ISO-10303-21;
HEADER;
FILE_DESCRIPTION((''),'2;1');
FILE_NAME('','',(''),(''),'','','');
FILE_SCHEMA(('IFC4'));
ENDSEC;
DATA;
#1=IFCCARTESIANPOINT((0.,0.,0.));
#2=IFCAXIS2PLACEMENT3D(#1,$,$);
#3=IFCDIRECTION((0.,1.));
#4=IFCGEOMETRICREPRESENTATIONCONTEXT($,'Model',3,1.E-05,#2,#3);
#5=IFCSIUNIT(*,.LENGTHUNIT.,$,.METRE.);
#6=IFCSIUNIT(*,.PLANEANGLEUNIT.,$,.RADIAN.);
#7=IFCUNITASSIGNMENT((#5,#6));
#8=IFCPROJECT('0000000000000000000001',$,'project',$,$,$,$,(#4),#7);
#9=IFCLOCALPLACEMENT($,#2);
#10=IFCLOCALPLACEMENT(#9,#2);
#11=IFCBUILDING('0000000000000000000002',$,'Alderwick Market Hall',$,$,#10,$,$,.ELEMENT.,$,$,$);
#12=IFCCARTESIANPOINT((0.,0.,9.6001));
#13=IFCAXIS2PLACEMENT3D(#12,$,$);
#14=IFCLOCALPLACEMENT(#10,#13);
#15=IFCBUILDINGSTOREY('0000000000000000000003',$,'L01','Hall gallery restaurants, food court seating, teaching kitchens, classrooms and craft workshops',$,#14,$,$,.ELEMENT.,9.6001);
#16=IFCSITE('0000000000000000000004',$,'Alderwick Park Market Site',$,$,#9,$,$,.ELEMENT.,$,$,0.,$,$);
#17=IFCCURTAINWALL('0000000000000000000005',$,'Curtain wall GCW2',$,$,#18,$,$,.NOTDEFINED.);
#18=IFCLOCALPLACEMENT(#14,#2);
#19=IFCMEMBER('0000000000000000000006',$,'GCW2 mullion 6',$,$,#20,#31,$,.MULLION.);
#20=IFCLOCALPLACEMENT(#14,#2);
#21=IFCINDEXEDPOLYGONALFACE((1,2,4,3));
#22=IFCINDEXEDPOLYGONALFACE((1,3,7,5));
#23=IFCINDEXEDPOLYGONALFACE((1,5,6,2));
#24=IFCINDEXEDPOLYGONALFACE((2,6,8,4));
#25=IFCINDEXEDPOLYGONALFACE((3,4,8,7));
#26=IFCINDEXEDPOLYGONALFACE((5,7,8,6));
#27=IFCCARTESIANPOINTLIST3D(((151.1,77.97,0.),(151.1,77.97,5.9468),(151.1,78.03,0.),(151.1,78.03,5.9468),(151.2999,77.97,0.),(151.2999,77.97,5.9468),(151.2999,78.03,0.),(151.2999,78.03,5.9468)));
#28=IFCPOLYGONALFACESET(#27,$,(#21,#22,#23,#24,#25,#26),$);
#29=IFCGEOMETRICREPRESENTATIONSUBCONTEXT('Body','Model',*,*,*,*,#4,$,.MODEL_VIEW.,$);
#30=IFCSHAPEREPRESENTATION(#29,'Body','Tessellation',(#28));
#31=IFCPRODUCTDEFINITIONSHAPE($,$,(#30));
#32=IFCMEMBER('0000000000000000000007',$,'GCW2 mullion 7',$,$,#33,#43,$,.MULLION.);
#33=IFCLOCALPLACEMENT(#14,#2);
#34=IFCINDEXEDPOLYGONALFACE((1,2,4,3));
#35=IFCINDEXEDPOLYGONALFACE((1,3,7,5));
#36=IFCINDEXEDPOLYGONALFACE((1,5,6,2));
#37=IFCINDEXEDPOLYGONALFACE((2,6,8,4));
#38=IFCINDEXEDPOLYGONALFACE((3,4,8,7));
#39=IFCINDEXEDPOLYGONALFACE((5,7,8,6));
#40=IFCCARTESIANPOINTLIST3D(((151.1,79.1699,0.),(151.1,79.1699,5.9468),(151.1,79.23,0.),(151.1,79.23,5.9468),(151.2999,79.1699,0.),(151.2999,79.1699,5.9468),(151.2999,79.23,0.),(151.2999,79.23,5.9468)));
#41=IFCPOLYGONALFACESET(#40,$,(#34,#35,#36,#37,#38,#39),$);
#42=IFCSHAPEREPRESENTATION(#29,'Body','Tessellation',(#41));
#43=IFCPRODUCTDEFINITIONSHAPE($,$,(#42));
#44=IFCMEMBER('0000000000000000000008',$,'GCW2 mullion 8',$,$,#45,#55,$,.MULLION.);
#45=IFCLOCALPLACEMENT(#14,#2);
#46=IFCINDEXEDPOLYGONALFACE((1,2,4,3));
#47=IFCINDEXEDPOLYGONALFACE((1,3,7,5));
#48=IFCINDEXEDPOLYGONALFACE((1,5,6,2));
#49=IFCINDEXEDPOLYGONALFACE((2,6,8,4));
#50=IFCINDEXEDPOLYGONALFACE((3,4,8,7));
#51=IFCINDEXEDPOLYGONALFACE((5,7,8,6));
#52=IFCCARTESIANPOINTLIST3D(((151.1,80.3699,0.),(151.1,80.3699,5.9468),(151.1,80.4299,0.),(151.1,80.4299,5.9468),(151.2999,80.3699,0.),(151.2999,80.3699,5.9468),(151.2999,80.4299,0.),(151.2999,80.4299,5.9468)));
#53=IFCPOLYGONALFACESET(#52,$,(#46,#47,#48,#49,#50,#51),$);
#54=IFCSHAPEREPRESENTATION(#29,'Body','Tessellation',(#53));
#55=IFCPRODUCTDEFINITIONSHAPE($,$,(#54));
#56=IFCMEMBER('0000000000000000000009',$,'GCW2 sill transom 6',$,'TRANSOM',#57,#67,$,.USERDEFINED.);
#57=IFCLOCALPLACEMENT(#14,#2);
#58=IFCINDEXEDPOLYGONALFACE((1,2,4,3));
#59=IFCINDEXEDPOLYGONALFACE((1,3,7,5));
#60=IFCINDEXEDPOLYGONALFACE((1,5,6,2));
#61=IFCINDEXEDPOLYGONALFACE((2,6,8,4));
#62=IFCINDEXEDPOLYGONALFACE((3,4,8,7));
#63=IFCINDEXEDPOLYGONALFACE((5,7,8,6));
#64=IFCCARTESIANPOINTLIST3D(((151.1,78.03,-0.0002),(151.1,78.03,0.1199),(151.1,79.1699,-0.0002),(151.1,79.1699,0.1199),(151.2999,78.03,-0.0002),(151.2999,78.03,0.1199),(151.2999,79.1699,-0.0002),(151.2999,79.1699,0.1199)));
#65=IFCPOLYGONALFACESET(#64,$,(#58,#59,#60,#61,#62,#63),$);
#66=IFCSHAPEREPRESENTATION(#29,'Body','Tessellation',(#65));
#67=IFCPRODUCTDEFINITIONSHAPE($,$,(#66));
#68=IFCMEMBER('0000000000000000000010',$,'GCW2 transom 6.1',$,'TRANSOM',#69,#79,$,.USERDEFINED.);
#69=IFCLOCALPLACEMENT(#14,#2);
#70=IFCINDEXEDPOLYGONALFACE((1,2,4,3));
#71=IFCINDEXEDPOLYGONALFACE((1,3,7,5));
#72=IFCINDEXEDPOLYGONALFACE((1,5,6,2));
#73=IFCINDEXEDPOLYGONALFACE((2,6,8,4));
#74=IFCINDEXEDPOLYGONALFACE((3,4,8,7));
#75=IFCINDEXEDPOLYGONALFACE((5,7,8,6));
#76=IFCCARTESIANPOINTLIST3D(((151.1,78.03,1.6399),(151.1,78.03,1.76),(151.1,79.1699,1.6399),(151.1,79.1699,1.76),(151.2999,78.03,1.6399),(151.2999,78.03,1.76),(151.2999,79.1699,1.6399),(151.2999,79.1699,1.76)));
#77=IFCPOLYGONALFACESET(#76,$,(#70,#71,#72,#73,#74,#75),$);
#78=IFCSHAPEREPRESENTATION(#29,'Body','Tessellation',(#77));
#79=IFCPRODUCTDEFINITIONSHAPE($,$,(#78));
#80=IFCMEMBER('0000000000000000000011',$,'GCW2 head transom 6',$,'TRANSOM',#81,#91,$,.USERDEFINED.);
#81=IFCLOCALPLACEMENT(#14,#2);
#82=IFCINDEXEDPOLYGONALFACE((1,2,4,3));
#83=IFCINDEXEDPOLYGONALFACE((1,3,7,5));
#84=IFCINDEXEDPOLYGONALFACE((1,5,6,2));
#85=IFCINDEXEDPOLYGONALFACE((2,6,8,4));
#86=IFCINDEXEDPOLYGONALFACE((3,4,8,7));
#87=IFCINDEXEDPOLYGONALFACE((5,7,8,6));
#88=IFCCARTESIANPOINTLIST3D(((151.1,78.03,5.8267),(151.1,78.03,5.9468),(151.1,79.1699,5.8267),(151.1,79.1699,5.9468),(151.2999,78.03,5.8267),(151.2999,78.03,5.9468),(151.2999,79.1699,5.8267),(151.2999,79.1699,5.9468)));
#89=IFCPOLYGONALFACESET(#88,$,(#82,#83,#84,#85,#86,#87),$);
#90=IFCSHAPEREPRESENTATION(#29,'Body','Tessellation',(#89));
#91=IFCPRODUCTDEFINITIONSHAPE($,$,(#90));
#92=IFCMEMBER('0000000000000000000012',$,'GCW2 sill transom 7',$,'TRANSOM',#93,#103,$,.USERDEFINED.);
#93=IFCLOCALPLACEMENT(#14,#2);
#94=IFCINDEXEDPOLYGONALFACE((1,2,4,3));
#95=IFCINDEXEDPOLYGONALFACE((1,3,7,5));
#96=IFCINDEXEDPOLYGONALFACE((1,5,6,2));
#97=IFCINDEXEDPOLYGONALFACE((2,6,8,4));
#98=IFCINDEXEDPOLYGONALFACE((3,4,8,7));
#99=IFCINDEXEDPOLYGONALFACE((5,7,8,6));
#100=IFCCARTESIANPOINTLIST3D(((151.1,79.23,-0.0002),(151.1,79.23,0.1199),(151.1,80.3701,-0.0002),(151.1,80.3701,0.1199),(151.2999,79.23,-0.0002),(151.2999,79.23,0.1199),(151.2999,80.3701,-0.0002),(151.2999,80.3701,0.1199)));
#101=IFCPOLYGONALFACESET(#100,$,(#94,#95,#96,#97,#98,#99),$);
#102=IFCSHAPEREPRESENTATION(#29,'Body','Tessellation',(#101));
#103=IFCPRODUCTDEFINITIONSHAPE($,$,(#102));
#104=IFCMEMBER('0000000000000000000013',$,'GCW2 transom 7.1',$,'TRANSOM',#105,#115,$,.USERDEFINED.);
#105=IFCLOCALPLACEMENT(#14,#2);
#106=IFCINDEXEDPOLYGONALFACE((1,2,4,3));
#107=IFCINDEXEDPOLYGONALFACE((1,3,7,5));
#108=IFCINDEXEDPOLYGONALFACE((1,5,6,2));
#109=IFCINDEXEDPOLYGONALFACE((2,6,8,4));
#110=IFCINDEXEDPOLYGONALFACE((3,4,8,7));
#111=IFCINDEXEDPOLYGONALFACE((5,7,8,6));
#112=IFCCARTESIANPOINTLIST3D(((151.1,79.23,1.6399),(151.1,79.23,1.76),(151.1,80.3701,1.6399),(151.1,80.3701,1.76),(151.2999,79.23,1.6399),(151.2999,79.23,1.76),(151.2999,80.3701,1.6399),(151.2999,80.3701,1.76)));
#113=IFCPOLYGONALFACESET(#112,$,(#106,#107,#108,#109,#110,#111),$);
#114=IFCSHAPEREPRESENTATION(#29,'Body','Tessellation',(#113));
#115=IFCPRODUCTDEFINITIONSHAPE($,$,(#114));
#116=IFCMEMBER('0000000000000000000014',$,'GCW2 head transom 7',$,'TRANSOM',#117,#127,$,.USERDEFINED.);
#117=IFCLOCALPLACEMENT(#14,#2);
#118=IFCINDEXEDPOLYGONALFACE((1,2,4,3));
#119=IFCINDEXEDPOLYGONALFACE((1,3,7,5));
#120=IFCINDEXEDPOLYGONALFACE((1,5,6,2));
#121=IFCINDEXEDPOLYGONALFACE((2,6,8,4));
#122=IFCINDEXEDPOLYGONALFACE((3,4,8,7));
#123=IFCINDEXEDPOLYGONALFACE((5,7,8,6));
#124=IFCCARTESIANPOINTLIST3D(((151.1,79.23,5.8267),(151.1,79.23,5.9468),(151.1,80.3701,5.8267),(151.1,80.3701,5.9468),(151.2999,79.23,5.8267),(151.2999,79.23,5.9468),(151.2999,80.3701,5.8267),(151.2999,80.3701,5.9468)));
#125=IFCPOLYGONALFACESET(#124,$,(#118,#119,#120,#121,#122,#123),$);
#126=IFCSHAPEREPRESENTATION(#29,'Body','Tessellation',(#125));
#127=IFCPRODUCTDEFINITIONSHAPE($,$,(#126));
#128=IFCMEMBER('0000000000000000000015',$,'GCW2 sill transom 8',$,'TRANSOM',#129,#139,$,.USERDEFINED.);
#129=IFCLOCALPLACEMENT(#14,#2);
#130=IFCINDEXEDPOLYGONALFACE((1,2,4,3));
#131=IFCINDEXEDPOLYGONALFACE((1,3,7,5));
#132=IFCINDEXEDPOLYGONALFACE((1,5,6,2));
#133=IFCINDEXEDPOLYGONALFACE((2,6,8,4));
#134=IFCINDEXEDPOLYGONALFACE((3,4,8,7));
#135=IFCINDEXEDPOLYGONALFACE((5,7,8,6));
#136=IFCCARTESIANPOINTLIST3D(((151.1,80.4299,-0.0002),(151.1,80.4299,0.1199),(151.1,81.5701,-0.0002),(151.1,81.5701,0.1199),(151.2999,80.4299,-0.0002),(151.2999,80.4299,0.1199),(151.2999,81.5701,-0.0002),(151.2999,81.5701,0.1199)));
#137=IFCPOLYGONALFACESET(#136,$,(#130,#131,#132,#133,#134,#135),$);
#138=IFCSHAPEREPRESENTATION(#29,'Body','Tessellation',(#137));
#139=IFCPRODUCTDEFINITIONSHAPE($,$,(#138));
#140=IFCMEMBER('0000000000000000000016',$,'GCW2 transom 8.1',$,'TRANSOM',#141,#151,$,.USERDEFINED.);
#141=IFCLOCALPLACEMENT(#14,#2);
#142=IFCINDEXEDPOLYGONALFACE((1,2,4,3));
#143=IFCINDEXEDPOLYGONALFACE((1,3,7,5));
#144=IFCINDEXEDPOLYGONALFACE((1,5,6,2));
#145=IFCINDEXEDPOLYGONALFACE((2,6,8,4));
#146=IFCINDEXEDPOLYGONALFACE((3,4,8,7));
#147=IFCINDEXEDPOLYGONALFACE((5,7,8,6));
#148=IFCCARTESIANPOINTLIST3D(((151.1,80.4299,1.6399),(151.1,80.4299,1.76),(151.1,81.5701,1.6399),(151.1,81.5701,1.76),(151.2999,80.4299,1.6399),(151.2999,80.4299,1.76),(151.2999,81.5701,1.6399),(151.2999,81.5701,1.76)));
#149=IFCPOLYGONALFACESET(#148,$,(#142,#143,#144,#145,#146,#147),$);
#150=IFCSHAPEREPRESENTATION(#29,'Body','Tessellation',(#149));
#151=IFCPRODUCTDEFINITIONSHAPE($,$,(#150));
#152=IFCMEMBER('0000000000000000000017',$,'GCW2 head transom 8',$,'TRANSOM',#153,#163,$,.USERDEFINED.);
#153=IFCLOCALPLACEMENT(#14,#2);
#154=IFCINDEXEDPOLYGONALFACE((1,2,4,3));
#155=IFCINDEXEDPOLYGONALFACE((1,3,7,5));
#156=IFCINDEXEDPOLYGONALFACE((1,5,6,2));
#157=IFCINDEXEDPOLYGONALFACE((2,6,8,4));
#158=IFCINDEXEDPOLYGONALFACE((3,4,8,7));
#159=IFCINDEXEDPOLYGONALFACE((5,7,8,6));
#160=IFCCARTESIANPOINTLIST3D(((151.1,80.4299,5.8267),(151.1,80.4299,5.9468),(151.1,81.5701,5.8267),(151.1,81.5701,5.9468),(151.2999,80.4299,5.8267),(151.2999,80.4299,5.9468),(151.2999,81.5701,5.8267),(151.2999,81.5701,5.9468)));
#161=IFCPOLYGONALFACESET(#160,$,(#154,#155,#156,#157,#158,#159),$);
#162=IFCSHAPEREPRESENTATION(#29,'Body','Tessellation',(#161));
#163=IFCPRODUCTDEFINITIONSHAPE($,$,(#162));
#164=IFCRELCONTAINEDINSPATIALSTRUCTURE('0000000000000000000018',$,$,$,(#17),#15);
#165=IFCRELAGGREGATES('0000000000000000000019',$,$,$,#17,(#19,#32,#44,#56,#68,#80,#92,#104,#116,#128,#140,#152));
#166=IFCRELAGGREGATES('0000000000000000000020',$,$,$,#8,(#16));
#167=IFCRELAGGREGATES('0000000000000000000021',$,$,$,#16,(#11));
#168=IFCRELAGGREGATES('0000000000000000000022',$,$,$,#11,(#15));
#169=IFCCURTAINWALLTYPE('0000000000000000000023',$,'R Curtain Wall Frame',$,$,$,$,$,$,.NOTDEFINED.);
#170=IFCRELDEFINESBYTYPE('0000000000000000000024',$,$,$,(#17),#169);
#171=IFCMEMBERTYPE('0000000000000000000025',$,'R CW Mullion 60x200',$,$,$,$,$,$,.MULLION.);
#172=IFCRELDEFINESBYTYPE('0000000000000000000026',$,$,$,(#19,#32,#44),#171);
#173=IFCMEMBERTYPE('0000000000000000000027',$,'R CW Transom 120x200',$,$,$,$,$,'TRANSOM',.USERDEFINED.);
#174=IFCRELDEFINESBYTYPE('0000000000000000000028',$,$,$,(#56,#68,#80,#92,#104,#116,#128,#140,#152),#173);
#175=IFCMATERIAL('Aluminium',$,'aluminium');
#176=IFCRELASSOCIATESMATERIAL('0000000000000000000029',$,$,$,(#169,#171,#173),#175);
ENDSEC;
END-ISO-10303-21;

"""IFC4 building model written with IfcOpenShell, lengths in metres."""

from ifc_helpers import new_model, si_unit, direction, frame, origin, origin_2d, place, context, subcontext, project, spatial, rectangle, extrude, material, material_profile, profile_set, type_object, element, aggregate, save


model = new_model("IFC4")

# Units and contexts
model_context = context("Model", 3, precision=1e-05, world=origin(), true_north=direction((0.0, 1.0)))
body_context = subcontext(model_context, "Body", "Model", "MODEL_VIEW")
ifc_project = project(units=[si_unit("LENGTHUNIT", "METRE"), si_unit("PLANEANGLEUNIT", "RADIAN")], contexts=[model_context])

# Site, building, storey
site_placement = place(None, origin())
site = spatial("IfcSite", under=ifc_project, at=site_placement, Name="Alderwick Park Market Site", CompositionType="ELEMENT", RefElevation=0.0)
building_placement = place(site_placement, origin())
building = spatial("IfcBuilding", under=site, at=building_placement, Name="Alderwick Market Hall", CompositionType="ELEMENT")
storey_placement = place(building_placement, frame((0.0, 0.0, 9.6001)))
storey = spatial("IfcBuildingStorey", under=building, at=storey_placement, Name="L01", Description="Hall gallery restaurants, food court seating, teaching kitchens, classrooms and craft workshops", CompositionType="ELEMENT", Elevation=9.6001)

# Curtain wall, members
ifc_material_1 = material(Name="Aluminium", Category="aluminium")
curtain_wall_type = type_object("IfcCurtainWallType", Name="R Curtain Wall Frame", PredefinedType="NOTDEFINED", material=ifc_material_1)
curtain_wall_placement = place(storey_placement, origin())
curtain_wall = element("IfcCurtainWall", 1, at=curtain_wall_placement, inside=storey, type_object=curtain_wall_type, Name="Curtain wall GCW2", PredefinedType="NOTDEFINED")
ifc_material_profile_1 = material_profile(ifc_material_1, rectangle(XDim=0.2, YDim=0.0601, at=origin_2d()), Name="AL 60x200")
ifc_profile_set_1 = profile_set([ifc_material_profile_1], Name="Aluminium")
member_type_1 = type_object("IfcMemberType", Name="R CW Mullion 60x200", PredefinedType="MULLION", material=ifc_profile_set_1)
member_1_placement = place(storey_placement, frame((151.2, 78.0, 0.0), z_axis=(0.0, 0.0, 1.0), x_axis=(1.0, 0.0, 0.0)))
member_1 = element("IfcMember", 2, at=member_1_placement, type_object=member_type_1, Name="GCW2 mullion 6", PredefinedType="MULLION", context=body_context, shape_type="SweptSolid", body=[
    extrude(rectangle(XDim=0.2, YDim=0.0601, at=origin_2d()), origin(), (0.0, 0.0, 1.0), 5.9468),
])
member_2_placement = place(storey_placement, frame((151.2, 79.2, 0.0), z_axis=(0.0, 0.0, 1.0), x_axis=(1.0, 0.0, 0.0)))
member_2 = element("IfcMember", 3, at=member_2_placement, type_object=member_type_1, Name="GCW2 mullion 7", PredefinedType="MULLION", context=body_context, shape_type="SweptSolid", body=[
    extrude(rectangle(XDim=0.2, YDim=0.0601, at=origin_2d()), origin(), (0.0, 0.0, 1.0), 5.9468),
])
member_3_placement = place(storey_placement, frame((151.2, 80.3999, 0.0), z_axis=(0.0, 0.0, 1.0), x_axis=(1.0, 0.0, 0.0)))
member_3 = element("IfcMember", 4, at=member_3_placement, type_object=member_type_1, Name="GCW2 mullion 8", PredefinedType="MULLION", context=body_context, shape_type="SweptSolid", body=[
    extrude(rectangle(XDim=0.2, YDim=0.0601, at=origin_2d()), origin(), (0.0, 0.0, 1.0), 5.9468),
])
ifc_material_profile_2 = material_profile(ifc_material_1, rectangle(XDim=0.2, YDim=0.1201, at=origin_2d()), Name="AL 120x200")
ifc_profile_set_2 = profile_set([ifc_material_profile_2], Name="Aluminium")
member_type_2 = type_object("IfcMemberType", Name="R CW Transom 120x200", ElementType="TRANSOM", PredefinedType="USERDEFINED", material=ifc_profile_set_2)
member_4_placement = place(storey_placement, frame((151.2, 78.03, 0.0598), z_axis=(0.0, 1.0, 0.0), x_axis=(-1.0, 0.0, 0.0)))
member_4 = element("IfcMember", 5, at=member_4_placement, type_object=member_type_2, Name="GCW2 sill transom 6", ObjectType="TRANSOM", PredefinedType="USERDEFINED", context=body_context, shape_type="SweptSolid", body=[
    extrude(rectangle(XDim=0.2, YDim=0.1201, at=origin_2d()), origin(), (0.0, 0.0, 1.0), 1.1399),
])
member_5_placement = place(storey_placement, frame((151.2, 78.03, 1.7), z_axis=(0.0, 1.0, 0.0), x_axis=(-1.0, 0.0, 0.0)))
member_5 = element("IfcMember", 6, at=member_5_placement, type_object=member_type_2, Name="GCW2 transom 6.1", ObjectType="TRANSOM", PredefinedType="USERDEFINED", context=body_context, shape_type="SweptSolid", body=[
    extrude(rectangle(XDim=0.2, YDim=0.1201, at=origin_2d()), origin(), (0.0, 0.0, 1.0), 1.1399),
])
member_6_placement = place(storey_placement, frame((151.2, 78.03, 5.8867), z_axis=(0.0, 1.0, 0.0), x_axis=(-1.0, 0.0, 0.0)))
member_6 = element("IfcMember", 7, at=member_6_placement, type_object=member_type_2, Name="GCW2 head transom 6", ObjectType="TRANSOM", PredefinedType="USERDEFINED", context=body_context, shape_type="SweptSolid", body=[
    extrude(rectangle(XDim=0.2, YDim=0.1201, at=origin_2d()), origin(), (0.0, 0.0, 1.0), 1.1399),
])
member_7_placement = place(storey_placement, frame((151.2, 79.23, 0.0598), z_axis=(0.0, 1.0, 0.0), x_axis=(-1.0, 0.0, 0.0)))
member_7 = element("IfcMember", 8, at=member_7_placement, type_object=member_type_2, Name="GCW2 sill transom 7", ObjectType="TRANSOM", PredefinedType="USERDEFINED", context=body_context, shape_type="SweptSolid", body=[
    extrude(rectangle(XDim=0.2, YDim=0.1201, at=origin_2d()), origin(), (0.0, 0.0, 1.0), 1.1401),
])
member_8_placement = place(storey_placement, frame((151.2, 79.23, 1.7), z_axis=(0.0, 1.0, 0.0), x_axis=(-1.0, 0.0, 0.0)))
member_8 = element("IfcMember", 9, at=member_8_placement, type_object=member_type_2, Name="GCW2 transom 7.1", ObjectType="TRANSOM", PredefinedType="USERDEFINED", context=body_context, shape_type="SweptSolid", body=[
    extrude(rectangle(XDim=0.2, YDim=0.1201, at=origin_2d()), origin(), (0.0, 0.0, 1.0), 1.1401),
])
member_9_placement = place(storey_placement, frame((151.2, 79.23, 5.8867), z_axis=(0.0, 1.0, 0.0), x_axis=(-1.0, 0.0, 0.0)))
member_9 = element("IfcMember", 10, at=member_9_placement, type_object=member_type_2, Name="GCW2 head transom 7", ObjectType="TRANSOM", PredefinedType="USERDEFINED", context=body_context, shape_type="SweptSolid", body=[
    extrude(rectangle(XDim=0.2, YDim=0.1201, at=origin_2d()), origin(), (0.0, 0.0, 1.0), 1.1401),
])
member_10_placement = place(storey_placement, frame((151.2, 80.4299, 0.0598), z_axis=(0.0, 1.0, 0.0), x_axis=(-1.0, 0.0, 0.0)))
member_10 = element("IfcMember", 11, at=member_10_placement, type_object=member_type_2, Name="GCW2 sill transom 8", ObjectType="TRANSOM", PredefinedType="USERDEFINED", context=body_context, shape_type="SweptSolid", body=[
    extrude(rectangle(XDim=0.2, YDim=0.1201, at=origin_2d()), origin(), (0.0, 0.0, 1.0), 1.1401),
])
member_11_placement = place(storey_placement, frame((151.2, 80.4299, 1.7), z_axis=(0.0, 1.0, 0.0), x_axis=(-1.0, 0.0, 0.0)))
member_11 = element("IfcMember", 12, at=member_11_placement, type_object=member_type_2, Name="GCW2 transom 8.1", ObjectType="TRANSOM", PredefinedType="USERDEFINED", context=body_context, shape_type="SweptSolid", body=[
    extrude(rectangle(XDim=0.2, YDim=0.1201, at=origin_2d()), origin(), (0.0, 0.0, 1.0), 1.1401),
])
member_12_placement = place(storey_placement, frame((151.2, 80.4299, 5.8867), z_axis=(0.0, 1.0, 0.0), x_axis=(-1.0, 0.0, 0.0)))
member_12 = element("IfcMember", 13, at=member_12_placement, type_object=member_type_2, Name="GCW2 head transom 8", ObjectType="TRANSOM", PredefinedType="USERDEFINED", context=body_context, shape_type="SweptSolid", body=[
    extrude(rectangle(XDim=0.2, YDim=0.1201, at=origin_2d()), origin(), (0.0, 0.0, 1.0), 1.1401),
])

aggregate(curtain_wall, [member_1, member_2, member_3, member_4, member_5, member_6, member_7, member_8, member_9, member_10, member_11, member_12])

save(model, "model.ifc")
